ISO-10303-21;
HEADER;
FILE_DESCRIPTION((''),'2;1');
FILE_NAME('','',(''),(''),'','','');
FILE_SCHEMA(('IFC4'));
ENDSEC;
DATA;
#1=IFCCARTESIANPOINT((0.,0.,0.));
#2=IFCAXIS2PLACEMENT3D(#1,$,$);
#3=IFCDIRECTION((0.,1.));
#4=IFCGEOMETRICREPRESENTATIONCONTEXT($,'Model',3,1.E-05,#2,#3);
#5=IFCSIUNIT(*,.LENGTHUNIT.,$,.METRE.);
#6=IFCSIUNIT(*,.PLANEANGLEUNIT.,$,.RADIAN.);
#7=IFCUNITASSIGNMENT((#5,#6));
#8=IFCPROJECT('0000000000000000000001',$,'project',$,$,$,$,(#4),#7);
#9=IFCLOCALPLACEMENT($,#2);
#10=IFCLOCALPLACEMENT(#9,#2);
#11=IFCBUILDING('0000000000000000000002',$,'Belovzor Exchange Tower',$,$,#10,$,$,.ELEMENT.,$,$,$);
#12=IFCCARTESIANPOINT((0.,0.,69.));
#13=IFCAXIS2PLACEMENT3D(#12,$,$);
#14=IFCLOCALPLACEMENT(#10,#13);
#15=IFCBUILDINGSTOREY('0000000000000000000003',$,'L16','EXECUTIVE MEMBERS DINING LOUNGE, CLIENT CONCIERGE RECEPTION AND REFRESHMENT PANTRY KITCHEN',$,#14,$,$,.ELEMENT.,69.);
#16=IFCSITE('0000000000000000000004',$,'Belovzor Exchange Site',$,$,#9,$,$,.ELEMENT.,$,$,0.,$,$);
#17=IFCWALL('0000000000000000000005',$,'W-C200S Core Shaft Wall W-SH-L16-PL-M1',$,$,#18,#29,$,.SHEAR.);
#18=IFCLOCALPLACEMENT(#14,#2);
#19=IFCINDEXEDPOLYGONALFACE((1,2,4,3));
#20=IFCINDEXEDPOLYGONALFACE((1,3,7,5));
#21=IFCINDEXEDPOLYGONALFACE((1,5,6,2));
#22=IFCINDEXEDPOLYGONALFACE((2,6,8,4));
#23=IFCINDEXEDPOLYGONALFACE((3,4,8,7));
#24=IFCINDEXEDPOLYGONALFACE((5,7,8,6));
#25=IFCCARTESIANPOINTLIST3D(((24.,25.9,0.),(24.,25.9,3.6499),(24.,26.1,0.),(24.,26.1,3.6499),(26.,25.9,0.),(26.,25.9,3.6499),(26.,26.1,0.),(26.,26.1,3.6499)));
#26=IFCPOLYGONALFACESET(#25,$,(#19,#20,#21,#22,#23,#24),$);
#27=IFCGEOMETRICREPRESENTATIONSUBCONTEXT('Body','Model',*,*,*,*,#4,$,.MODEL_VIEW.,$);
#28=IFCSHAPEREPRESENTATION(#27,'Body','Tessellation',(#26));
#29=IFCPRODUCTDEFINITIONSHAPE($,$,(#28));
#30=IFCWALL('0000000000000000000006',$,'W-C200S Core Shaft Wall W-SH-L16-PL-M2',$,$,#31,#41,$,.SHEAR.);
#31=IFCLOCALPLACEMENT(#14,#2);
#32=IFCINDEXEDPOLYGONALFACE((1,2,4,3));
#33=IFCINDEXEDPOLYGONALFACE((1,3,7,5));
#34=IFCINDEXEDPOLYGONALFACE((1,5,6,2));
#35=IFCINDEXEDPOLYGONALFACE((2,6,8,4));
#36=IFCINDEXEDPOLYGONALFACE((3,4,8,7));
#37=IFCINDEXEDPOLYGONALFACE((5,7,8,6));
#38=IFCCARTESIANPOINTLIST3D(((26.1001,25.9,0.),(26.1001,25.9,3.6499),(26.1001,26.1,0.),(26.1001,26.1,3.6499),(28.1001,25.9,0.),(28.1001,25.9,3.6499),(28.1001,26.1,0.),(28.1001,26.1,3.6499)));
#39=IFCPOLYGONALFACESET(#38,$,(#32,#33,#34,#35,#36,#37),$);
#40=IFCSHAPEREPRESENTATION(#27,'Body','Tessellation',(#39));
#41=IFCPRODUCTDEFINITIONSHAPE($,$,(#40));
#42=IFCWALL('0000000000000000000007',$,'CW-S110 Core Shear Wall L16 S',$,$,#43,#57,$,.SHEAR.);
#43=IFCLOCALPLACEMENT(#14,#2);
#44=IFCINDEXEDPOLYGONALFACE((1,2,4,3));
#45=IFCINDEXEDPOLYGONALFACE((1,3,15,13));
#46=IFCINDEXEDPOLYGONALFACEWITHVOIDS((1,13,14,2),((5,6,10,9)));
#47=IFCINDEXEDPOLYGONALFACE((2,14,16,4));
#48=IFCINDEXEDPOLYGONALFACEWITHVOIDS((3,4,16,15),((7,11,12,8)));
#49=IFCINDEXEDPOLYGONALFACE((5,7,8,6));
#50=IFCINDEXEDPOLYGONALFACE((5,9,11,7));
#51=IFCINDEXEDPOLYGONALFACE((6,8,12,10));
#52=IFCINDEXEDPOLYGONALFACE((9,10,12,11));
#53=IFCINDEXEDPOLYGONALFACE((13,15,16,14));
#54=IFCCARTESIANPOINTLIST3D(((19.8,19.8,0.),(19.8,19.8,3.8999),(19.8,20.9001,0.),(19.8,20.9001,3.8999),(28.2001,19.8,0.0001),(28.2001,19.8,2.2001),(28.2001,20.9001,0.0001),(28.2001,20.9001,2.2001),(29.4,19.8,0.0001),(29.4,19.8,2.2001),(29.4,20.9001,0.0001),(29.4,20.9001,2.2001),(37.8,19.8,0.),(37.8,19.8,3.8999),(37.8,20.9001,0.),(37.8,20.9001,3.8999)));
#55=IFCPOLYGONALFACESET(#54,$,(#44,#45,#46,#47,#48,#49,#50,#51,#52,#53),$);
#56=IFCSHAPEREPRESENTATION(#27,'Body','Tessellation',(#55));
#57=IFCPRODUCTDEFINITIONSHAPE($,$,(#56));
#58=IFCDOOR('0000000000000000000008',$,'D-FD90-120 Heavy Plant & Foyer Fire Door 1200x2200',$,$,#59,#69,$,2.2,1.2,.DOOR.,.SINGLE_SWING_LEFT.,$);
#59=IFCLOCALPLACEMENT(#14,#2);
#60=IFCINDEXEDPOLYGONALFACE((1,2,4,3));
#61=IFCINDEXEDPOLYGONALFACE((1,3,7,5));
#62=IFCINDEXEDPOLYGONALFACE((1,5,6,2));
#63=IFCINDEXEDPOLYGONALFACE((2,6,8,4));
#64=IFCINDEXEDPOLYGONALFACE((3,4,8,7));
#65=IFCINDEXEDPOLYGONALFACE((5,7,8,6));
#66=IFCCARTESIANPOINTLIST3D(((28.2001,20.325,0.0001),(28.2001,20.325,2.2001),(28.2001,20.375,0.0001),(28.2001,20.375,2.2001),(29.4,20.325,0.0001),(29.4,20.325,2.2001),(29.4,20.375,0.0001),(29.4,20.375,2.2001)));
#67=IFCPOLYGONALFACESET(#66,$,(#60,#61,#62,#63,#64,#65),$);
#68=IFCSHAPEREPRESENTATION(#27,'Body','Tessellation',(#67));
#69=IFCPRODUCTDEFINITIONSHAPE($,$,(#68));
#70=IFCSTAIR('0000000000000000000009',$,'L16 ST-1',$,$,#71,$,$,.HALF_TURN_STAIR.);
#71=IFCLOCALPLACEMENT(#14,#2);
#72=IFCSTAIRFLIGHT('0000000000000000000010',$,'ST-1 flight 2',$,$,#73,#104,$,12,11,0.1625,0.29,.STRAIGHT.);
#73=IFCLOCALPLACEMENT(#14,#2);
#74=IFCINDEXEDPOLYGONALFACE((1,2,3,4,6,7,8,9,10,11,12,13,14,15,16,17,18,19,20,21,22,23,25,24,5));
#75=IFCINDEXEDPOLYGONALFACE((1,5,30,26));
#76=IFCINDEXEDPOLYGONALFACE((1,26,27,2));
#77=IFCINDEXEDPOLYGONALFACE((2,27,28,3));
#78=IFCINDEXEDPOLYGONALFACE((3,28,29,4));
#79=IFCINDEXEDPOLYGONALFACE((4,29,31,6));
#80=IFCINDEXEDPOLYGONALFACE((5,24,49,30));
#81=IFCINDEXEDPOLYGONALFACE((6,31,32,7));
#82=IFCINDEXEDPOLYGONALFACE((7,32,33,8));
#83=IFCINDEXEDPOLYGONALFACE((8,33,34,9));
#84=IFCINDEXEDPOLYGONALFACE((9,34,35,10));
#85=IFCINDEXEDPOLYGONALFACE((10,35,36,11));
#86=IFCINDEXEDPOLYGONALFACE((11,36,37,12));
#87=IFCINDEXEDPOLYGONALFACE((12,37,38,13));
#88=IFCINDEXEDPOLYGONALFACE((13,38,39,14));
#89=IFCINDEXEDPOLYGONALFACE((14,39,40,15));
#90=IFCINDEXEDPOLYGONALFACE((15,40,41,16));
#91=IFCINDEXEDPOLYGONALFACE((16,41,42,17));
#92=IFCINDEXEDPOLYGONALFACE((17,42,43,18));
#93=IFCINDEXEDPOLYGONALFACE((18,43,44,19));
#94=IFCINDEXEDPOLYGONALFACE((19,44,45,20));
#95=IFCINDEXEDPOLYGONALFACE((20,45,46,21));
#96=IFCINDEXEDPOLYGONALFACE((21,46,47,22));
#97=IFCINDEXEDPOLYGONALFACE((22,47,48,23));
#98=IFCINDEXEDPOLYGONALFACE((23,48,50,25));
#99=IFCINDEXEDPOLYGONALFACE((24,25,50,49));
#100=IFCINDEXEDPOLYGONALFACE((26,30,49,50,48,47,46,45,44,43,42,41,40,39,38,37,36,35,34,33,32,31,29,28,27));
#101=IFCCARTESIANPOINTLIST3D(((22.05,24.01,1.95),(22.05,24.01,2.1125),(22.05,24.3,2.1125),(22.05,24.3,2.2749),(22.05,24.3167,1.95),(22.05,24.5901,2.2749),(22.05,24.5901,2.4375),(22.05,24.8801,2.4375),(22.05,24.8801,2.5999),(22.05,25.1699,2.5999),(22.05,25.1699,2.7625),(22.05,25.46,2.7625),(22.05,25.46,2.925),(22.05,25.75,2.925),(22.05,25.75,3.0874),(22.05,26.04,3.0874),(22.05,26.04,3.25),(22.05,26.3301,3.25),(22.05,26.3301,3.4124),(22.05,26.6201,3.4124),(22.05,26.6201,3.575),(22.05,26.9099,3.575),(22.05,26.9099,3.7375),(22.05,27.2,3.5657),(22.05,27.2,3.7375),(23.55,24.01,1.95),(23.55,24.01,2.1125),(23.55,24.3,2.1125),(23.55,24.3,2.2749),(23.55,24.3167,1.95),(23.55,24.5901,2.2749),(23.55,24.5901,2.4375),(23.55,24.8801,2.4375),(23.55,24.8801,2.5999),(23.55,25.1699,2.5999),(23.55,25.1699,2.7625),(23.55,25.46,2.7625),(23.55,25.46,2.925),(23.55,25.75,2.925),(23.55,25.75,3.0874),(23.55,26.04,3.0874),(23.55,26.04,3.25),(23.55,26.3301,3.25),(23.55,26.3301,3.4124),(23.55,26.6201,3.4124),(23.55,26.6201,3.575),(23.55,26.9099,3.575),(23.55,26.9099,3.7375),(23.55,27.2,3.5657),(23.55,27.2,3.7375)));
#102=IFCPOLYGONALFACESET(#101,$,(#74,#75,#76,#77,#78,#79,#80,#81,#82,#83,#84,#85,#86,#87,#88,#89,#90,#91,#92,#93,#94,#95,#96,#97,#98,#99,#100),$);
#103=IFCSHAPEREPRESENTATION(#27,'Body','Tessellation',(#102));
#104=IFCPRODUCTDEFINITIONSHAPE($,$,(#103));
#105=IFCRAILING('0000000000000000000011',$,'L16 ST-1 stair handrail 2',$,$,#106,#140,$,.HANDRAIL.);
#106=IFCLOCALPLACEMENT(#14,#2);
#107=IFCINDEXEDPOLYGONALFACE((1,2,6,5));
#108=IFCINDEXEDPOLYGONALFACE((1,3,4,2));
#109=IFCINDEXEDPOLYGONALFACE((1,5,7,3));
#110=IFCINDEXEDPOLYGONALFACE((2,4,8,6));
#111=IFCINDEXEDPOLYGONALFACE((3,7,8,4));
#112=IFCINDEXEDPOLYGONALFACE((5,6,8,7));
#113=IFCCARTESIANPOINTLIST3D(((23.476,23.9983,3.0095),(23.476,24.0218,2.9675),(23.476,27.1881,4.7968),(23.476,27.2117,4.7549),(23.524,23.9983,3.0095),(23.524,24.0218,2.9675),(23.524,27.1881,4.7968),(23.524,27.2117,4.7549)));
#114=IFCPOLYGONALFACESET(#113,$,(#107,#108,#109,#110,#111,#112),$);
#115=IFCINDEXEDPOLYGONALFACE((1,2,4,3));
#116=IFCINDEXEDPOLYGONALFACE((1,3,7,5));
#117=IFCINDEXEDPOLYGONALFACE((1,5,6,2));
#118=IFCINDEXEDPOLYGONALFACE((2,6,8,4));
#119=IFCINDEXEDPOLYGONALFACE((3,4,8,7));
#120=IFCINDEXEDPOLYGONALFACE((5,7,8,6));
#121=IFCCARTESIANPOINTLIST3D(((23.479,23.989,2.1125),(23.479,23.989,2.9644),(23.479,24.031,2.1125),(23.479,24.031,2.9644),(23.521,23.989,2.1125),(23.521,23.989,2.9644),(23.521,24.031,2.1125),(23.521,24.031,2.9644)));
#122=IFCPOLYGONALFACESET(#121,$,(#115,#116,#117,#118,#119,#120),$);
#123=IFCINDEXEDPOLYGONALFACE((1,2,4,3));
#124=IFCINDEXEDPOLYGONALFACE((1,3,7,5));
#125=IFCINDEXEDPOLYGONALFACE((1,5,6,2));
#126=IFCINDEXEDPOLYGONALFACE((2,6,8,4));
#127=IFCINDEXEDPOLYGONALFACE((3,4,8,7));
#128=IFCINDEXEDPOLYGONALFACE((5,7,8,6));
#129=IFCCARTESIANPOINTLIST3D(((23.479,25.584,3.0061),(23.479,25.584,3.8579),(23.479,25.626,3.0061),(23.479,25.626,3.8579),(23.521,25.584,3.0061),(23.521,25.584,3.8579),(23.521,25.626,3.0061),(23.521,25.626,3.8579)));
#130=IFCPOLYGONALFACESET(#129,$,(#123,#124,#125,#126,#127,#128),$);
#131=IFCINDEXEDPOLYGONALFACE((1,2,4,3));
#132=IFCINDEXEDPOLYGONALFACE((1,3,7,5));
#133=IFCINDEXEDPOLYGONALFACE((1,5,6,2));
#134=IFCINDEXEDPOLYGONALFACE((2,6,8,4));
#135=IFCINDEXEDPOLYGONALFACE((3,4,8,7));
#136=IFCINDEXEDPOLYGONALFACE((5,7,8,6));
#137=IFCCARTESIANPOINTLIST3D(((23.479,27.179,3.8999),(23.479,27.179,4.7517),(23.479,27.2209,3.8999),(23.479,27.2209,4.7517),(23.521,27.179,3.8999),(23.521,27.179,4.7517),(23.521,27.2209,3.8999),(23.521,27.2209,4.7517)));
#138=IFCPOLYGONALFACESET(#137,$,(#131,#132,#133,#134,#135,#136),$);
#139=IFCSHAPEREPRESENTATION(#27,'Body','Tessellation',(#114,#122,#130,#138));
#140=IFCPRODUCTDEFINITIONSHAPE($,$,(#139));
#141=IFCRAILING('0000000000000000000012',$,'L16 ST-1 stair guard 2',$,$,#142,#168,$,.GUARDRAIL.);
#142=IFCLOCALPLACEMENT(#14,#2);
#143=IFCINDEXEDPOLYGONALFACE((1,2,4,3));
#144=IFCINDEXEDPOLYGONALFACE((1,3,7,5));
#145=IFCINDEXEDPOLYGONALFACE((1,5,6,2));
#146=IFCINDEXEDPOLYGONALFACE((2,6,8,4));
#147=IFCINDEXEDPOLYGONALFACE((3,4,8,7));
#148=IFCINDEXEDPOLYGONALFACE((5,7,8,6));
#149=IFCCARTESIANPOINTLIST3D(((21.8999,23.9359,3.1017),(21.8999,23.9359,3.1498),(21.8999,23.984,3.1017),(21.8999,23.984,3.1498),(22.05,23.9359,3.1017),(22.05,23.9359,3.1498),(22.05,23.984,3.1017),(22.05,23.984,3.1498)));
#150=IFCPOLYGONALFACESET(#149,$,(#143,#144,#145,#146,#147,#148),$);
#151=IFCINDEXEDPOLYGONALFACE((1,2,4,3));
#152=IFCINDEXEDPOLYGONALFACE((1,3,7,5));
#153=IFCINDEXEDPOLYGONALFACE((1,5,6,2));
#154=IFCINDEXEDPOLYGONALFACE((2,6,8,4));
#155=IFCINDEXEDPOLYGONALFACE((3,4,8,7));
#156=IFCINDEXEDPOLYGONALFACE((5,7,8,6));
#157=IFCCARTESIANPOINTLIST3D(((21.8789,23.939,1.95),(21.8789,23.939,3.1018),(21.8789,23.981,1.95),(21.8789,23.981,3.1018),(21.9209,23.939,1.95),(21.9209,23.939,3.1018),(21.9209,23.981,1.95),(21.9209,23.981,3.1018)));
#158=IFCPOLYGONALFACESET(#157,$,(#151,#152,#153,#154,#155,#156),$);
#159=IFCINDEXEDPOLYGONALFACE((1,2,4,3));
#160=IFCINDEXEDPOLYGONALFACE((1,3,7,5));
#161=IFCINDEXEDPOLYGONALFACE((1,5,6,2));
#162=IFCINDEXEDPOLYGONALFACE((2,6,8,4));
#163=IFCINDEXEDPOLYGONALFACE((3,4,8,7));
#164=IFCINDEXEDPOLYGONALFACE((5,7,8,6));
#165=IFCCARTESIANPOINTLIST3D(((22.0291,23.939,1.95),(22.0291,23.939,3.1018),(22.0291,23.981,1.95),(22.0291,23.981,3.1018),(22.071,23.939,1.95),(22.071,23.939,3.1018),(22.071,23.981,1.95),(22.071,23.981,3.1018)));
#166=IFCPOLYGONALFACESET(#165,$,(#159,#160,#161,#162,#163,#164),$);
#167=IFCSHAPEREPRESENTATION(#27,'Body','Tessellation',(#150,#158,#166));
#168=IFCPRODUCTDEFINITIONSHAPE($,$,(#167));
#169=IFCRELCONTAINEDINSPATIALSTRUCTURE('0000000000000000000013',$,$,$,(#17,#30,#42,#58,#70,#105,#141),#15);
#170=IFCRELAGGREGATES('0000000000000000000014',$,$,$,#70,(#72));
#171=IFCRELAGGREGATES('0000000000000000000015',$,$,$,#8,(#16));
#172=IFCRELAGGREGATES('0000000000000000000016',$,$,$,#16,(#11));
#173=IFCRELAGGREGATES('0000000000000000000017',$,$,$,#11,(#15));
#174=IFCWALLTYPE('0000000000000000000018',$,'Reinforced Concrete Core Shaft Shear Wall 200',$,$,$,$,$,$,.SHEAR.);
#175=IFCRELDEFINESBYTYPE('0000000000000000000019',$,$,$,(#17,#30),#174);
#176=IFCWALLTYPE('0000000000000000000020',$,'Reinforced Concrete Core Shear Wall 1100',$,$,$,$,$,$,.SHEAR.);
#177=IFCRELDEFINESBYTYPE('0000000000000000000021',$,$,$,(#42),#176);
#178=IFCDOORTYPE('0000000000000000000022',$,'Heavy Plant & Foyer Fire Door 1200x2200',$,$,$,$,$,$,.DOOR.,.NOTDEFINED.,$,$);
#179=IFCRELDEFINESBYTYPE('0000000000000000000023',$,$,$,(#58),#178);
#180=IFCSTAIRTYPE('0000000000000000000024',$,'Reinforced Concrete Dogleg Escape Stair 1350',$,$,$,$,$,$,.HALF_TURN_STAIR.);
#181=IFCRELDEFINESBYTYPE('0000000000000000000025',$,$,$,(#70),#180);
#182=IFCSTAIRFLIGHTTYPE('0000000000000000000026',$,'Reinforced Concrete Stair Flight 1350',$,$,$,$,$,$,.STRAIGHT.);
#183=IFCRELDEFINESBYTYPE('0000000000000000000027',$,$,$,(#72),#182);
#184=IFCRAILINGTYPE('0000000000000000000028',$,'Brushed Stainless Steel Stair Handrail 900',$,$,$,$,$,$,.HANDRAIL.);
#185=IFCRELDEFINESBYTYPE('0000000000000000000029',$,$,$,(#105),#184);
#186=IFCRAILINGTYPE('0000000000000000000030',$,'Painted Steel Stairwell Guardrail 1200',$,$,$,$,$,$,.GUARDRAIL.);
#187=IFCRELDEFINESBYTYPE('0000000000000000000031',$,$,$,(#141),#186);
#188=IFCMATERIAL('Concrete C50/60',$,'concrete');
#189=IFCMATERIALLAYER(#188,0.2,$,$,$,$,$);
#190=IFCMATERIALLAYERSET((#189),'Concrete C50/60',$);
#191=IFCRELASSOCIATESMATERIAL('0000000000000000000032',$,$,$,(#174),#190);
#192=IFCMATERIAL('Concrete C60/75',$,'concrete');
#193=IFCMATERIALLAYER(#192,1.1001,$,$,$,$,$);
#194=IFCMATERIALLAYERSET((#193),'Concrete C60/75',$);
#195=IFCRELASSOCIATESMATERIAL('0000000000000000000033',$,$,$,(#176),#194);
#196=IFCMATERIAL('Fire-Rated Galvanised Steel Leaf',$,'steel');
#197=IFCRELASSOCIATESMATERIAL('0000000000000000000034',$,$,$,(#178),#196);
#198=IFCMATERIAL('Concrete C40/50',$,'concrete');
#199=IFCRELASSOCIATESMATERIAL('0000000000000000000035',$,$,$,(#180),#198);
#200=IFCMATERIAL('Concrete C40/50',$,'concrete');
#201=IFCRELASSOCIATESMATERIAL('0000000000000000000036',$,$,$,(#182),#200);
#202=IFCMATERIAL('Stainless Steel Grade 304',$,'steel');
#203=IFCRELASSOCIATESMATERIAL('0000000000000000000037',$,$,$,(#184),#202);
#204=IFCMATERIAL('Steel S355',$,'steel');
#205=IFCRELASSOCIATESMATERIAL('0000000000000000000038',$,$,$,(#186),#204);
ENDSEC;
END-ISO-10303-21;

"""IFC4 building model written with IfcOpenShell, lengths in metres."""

from ifc_helpers import new_model, si_unit, direction, frame, frame_2d, origin, origin_2d, place, context, subcontext, project, spatial, polyline, rectangle, outline, extrude, material, layer, layer_set, type_object, element, fill, aggregate, save


model = new_model("IFC4")

# Units and contexts
model_context = context("Model", 3, precision=1e-05, world=origin(), true_north=direction((0.0, 1.0)))
body_context = subcontext(model_context, "Body", "Model", "MODEL_VIEW")
ifc_project = project(units=[si_unit("LENGTHUNIT", "METRE"), si_unit("PLANEANGLEUNIT", "RADIAN")], contexts=[model_context])

# Site, building, storey
site_placement = place(None, origin())
site = spatial("IfcSite", under=ifc_project, at=site_placement, Name="Belovzor Exchange Site", CompositionType="ELEMENT", RefElevation=0.0)
building_placement = place(site_placement, origin())
building = spatial("IfcBuilding", under=site, at=building_placement, Name="Belovzor Exchange Tower", CompositionType="ELEMENT")
storey_placement = place(building_placement, frame((0.0, 0.0, 69.0)))
storey = spatial("IfcBuildingStorey", under=building, at=storey_placement, Name="L16", Description="EXECUTIVE MEMBERS DINING LOUNGE, CLIENT CONCIERGE RECEPTION AND REFRESHMENT PANTRY KITCHEN", CompositionType="ELEMENT", Elevation=69.0)

# Shared definitions
ifc_material_1 = material(Name="Concrete C50/60", Category="concrete")
ifc_layer_1 = layer(ifc_material_1, 0.2)
ifc_layer_set_1 = layer_set([ifc_layer_1], Name="Concrete C50/60")
wall_type_1 = type_object("IfcWallType", Name="Reinforced Concrete Core Shaft Shear Wall 200", PredefinedType="SHEAR", material=ifc_layer_set_1)

# Walls
for number, where, z_axis, x_axis, name in (
    (1, (24.0, 26.0, 0.0), (0.0, 0.0, 1.0), (1.0, 0.0, 0.0), "W-C200S Core Shaft Wall W-SH-L16-PL-M1"),
    (2, (26.1001, 26.0, 0.0), (0.0, 0.0, 1.0), (1.0, 0.0, 0.0), "W-C200S Core Shaft Wall W-SH-L16-PL-M2"),
):
    element("IfcWall", number, at=place(storey_placement, frame(where, z_axis=z_axis, x_axis=x_axis)), inside=storey, type_object=wall_type_1, Name=name, PredefinedType="SHEAR", context=body_context, shape_type="SweptSolid", body=[
        extrude(rectangle(XDim=2.0, YDim=0.2, at=frame_2d((1.0, 0.0))), origin(), (0.0, 0.0, 1.0), 3.6499),
    ])

# Wall, opening, door
ifc_material_2 = material(Name="Concrete C60/75", Category="concrete")
ifc_layer_2 = layer(ifc_material_2, 1.1001)
ifc_layer_set_2 = layer_set([ifc_layer_2], Name="Concrete C60/75")
wall_type_2 = type_object("IfcWallType", Name="Reinforced Concrete Core Shear Wall 1100", PredefinedType="SHEAR", material=ifc_layer_set_2)
wall_1_placement = place(storey_placement, frame((19.8, 20.3501, 0.0), z_axis=(0.0, 0.0, 1.0), x_axis=(1.0, 0.0, 0.0)))
wall_1 = element("IfcWall", 3, at=wall_1_placement, inside=storey, type_object=wall_type_2, Name="CW-S110 Core Shear Wall L16 S", PredefinedType="SHEAR", context=body_context, shape_type="SweptSolid", body=[
    extrude(rectangle(XDim=18.0, YDim=1.1001, at=frame_2d((9.0, 0.0))), origin(), (0.0, 0.0, 1.0), 3.8999),
])
opening_1_placement = place(wall_1_placement, frame((8.3999, 0.0, 0.0)))
opening_1 = element("IfcOpeningElement", 4, at=opening_1_placement, cuts=wall_1, PredefinedType="OPENING", context=body_context, shape_type="SweptSolid", body=[
    extrude(rectangle(XDim=1.2, YDim=2.2, at=frame_2d((0.6001, 1.1001))), frame((0.0, 0.5601, 0.0), z_axis=(0.0, -1.0, 0.0), x_axis=(1.0, 0.0, 0.0)), (0.0, 0.0, 1.0), 1.1201),
])
ifc_material_3 = material(Name="Fire-Rated Galvanised Steel Leaf", Category="steel")
door_type_1 = type_object("IfcDoorType", Name="Heavy Plant & Foyer Fire Door 1200x2200", OperationType="NOTDEFINED", PredefinedType="DOOR", material=ifc_material_3)
door_1_placement = place(opening_1_placement, origin())
door_1 = element("IfcDoor", 5, at=door_1_placement, inside=storey, type_object=door_type_1, Name="D-FD90-120 Heavy Plant & Foyer Fire Door 1200x2200", OperationType="SINGLE_SWING_LEFT", OverallHeight=2.2, OverallWidth=1.2, PredefinedType="DOOR", context=body_context, shape_type="SweptSolid", body=[
    extrude(rectangle(XDim=1.2, YDim=2.2, at=frame_2d((0.6001, 1.1001))), frame((0.0, 0.0249, 0.0), z_axis=(0.0, -1.0, 0.0), x_axis=(1.0, 0.0, 0.0)), (0.0, 0.0, 1.0), 0.05),
])
fill(opening_1, door_1)

# Stair, stair flight
ifc_material_4 = material(Name="Concrete C40/50", Category="concrete")
stair_type = type_object("IfcStairType", Name="Reinforced Concrete Dogleg Escape Stair 1350", PredefinedType="HALF_TURN_STAIR", material=ifc_material_4)
stair_placement = place(storey_placement, origin())
stair = element("IfcStair", 6, at=stair_placement, inside=storey, type_object=stair_type, Name="L16 ST-1", PredefinedType="HALF_TURN_STAIR")
ifc_material_5 = material(Name="Concrete C40/50", Category="concrete")
stair_flight_type = type_object("IfcStairFlightType", Name="Reinforced Concrete Stair Flight 1350", PredefinedType="STRAIGHT", material=ifc_material_5)
stair_flight_placement = place(storey_placement, frame((22.8, 24.01, 1.95), z_axis=(0.0, 0.0, 1.0), x_axis=(0.0, 1.0, 0.0)))
stair_flight = element("IfcStairFlight", 7, at=stair_flight_placement, type_object=stair_flight_type, Name="ST-1 flight 2", NumberOfRisers=12, NumberOfTreads=11, PredefinedType="STRAIGHT", RiserHeight=0.1625, TreadLength=0.29, context=body_context, shape_type="SweptSolid", body=[
    extrude(outline(polyline([(0.0, 0.0), (0.0, 0.1626), (0.29, 0.1626), (0.29, 0.325), (0.5801, 0.325), (0.5801, 0.4875), (0.8701, 0.4875), (0.8701, 0.6499), (1.1599, 0.6499), (1.1599, 0.8125), (1.45, 0.8125), (1.45, 0.9751), (1.74, 0.9751), (1.74, 1.1375), (2.03, 1.1375), (2.03, 1.3), (2.3201, 1.3), (2.3201, 1.4624), (2.6101, 1.4624), (2.6101, 1.625), (2.8999, 1.625), (2.8999, 1.7876), (3.1899, 1.7876), (3.1899, 1.95), (3.1899, 1.6157), (0.3066, 0.0), (0.0, 0.0)])), frame((0.0, 0.75, 0.0), z_axis=(0.0, -1.0, 0.0), x_axis=(1.0, 0.0, 0.0)), (0.0, 0.0, 1.0), 1.5),
])
aggregate(stair, [stair_flight])

# Railings
ifc_material_6 = material(Name="Stainless Steel Grade 304", Category="steel")
railing_type_1 = type_object("IfcRailingType", Name="Brushed Stainless Steel Stair Handrail 900", PredefinedType="HANDRAIL", material=ifc_material_6)
railing_1_placement = place(storey_placement, frame((23.5, 24.01, 2.1125)))
element("IfcRailing", 8, at=railing_1_placement, inside=storey, type_object=railing_type_1, Name="L16 ST-1 stair handrail 2", PredefinedType="HANDRAIL", context=body_context, shape_type="SweptSolid", body=[
    extrude(rectangle(XDim=0.0481, YDim=0.0481, at=origin_2d()), frame((0.0, 0.0, 0.876), z_axis=(0.0, 0.872391, 0.488809), x_axis=(-1.0, 0.0, 0.0)), (0.0, 0.0, 1.0), 3.6565),
    extrude(rectangle(XDim=0.042, YDim=0.042, at=origin_2d()), origin(), (0.0, 0.0, 1.0), 0.8518),
    extrude(rectangle(XDim=0.042, YDim=0.042, at=origin_2d()), frame((0.0, 1.595, 0.8936)), (0.0, 0.0, 1.0), 0.8518),
    extrude(rectangle(XDim=0.042, YDim=0.042, at=origin_2d()), frame((0.0, 3.1899, 1.7874)), (0.0, 0.0, 1.0), 0.8518),
])
ifc_material_7 = material(Name="Steel S355", Category="steel")
railing_type_2 = type_object("IfcRailingType", Name="Painted Steel Stairwell Guardrail 1200", PredefinedType="GUARDRAIL", material=ifc_material_7)
railing_2_placement = place(storey_placement, frame((21.8999, 23.96, 1.95)))
element("IfcRailing", 9, at=railing_2_placement, inside=storey, type_object=railing_type_2, Name="L16 ST-1 stair guard 2", PredefinedType="GUARDRAIL", context=body_context, shape_type="SweptSolid", body=[
    extrude(rectangle(XDim=0.0481, YDim=0.0481, at=origin_2d()), frame((0.0, 0.0, 1.1758), z_axis=(1.0, 0.0, 0.0), x_axis=(0.0, 1.0, 0.0)), (0.0, 0.0, 1.0), 0.1501),
    extrude(rectangle(XDim=0.042, YDim=0.042, at=origin_2d()), origin(), (0.0, 0.0, 1.0), 1.1519),
    extrude(rectangle(XDim=0.042, YDim=0.042, at=origin_2d()), frame((0.1501, 0.0, 0.0)), (0.0, 0.0, 1.0), 1.1519),
])

save(model, "model.ifc")
